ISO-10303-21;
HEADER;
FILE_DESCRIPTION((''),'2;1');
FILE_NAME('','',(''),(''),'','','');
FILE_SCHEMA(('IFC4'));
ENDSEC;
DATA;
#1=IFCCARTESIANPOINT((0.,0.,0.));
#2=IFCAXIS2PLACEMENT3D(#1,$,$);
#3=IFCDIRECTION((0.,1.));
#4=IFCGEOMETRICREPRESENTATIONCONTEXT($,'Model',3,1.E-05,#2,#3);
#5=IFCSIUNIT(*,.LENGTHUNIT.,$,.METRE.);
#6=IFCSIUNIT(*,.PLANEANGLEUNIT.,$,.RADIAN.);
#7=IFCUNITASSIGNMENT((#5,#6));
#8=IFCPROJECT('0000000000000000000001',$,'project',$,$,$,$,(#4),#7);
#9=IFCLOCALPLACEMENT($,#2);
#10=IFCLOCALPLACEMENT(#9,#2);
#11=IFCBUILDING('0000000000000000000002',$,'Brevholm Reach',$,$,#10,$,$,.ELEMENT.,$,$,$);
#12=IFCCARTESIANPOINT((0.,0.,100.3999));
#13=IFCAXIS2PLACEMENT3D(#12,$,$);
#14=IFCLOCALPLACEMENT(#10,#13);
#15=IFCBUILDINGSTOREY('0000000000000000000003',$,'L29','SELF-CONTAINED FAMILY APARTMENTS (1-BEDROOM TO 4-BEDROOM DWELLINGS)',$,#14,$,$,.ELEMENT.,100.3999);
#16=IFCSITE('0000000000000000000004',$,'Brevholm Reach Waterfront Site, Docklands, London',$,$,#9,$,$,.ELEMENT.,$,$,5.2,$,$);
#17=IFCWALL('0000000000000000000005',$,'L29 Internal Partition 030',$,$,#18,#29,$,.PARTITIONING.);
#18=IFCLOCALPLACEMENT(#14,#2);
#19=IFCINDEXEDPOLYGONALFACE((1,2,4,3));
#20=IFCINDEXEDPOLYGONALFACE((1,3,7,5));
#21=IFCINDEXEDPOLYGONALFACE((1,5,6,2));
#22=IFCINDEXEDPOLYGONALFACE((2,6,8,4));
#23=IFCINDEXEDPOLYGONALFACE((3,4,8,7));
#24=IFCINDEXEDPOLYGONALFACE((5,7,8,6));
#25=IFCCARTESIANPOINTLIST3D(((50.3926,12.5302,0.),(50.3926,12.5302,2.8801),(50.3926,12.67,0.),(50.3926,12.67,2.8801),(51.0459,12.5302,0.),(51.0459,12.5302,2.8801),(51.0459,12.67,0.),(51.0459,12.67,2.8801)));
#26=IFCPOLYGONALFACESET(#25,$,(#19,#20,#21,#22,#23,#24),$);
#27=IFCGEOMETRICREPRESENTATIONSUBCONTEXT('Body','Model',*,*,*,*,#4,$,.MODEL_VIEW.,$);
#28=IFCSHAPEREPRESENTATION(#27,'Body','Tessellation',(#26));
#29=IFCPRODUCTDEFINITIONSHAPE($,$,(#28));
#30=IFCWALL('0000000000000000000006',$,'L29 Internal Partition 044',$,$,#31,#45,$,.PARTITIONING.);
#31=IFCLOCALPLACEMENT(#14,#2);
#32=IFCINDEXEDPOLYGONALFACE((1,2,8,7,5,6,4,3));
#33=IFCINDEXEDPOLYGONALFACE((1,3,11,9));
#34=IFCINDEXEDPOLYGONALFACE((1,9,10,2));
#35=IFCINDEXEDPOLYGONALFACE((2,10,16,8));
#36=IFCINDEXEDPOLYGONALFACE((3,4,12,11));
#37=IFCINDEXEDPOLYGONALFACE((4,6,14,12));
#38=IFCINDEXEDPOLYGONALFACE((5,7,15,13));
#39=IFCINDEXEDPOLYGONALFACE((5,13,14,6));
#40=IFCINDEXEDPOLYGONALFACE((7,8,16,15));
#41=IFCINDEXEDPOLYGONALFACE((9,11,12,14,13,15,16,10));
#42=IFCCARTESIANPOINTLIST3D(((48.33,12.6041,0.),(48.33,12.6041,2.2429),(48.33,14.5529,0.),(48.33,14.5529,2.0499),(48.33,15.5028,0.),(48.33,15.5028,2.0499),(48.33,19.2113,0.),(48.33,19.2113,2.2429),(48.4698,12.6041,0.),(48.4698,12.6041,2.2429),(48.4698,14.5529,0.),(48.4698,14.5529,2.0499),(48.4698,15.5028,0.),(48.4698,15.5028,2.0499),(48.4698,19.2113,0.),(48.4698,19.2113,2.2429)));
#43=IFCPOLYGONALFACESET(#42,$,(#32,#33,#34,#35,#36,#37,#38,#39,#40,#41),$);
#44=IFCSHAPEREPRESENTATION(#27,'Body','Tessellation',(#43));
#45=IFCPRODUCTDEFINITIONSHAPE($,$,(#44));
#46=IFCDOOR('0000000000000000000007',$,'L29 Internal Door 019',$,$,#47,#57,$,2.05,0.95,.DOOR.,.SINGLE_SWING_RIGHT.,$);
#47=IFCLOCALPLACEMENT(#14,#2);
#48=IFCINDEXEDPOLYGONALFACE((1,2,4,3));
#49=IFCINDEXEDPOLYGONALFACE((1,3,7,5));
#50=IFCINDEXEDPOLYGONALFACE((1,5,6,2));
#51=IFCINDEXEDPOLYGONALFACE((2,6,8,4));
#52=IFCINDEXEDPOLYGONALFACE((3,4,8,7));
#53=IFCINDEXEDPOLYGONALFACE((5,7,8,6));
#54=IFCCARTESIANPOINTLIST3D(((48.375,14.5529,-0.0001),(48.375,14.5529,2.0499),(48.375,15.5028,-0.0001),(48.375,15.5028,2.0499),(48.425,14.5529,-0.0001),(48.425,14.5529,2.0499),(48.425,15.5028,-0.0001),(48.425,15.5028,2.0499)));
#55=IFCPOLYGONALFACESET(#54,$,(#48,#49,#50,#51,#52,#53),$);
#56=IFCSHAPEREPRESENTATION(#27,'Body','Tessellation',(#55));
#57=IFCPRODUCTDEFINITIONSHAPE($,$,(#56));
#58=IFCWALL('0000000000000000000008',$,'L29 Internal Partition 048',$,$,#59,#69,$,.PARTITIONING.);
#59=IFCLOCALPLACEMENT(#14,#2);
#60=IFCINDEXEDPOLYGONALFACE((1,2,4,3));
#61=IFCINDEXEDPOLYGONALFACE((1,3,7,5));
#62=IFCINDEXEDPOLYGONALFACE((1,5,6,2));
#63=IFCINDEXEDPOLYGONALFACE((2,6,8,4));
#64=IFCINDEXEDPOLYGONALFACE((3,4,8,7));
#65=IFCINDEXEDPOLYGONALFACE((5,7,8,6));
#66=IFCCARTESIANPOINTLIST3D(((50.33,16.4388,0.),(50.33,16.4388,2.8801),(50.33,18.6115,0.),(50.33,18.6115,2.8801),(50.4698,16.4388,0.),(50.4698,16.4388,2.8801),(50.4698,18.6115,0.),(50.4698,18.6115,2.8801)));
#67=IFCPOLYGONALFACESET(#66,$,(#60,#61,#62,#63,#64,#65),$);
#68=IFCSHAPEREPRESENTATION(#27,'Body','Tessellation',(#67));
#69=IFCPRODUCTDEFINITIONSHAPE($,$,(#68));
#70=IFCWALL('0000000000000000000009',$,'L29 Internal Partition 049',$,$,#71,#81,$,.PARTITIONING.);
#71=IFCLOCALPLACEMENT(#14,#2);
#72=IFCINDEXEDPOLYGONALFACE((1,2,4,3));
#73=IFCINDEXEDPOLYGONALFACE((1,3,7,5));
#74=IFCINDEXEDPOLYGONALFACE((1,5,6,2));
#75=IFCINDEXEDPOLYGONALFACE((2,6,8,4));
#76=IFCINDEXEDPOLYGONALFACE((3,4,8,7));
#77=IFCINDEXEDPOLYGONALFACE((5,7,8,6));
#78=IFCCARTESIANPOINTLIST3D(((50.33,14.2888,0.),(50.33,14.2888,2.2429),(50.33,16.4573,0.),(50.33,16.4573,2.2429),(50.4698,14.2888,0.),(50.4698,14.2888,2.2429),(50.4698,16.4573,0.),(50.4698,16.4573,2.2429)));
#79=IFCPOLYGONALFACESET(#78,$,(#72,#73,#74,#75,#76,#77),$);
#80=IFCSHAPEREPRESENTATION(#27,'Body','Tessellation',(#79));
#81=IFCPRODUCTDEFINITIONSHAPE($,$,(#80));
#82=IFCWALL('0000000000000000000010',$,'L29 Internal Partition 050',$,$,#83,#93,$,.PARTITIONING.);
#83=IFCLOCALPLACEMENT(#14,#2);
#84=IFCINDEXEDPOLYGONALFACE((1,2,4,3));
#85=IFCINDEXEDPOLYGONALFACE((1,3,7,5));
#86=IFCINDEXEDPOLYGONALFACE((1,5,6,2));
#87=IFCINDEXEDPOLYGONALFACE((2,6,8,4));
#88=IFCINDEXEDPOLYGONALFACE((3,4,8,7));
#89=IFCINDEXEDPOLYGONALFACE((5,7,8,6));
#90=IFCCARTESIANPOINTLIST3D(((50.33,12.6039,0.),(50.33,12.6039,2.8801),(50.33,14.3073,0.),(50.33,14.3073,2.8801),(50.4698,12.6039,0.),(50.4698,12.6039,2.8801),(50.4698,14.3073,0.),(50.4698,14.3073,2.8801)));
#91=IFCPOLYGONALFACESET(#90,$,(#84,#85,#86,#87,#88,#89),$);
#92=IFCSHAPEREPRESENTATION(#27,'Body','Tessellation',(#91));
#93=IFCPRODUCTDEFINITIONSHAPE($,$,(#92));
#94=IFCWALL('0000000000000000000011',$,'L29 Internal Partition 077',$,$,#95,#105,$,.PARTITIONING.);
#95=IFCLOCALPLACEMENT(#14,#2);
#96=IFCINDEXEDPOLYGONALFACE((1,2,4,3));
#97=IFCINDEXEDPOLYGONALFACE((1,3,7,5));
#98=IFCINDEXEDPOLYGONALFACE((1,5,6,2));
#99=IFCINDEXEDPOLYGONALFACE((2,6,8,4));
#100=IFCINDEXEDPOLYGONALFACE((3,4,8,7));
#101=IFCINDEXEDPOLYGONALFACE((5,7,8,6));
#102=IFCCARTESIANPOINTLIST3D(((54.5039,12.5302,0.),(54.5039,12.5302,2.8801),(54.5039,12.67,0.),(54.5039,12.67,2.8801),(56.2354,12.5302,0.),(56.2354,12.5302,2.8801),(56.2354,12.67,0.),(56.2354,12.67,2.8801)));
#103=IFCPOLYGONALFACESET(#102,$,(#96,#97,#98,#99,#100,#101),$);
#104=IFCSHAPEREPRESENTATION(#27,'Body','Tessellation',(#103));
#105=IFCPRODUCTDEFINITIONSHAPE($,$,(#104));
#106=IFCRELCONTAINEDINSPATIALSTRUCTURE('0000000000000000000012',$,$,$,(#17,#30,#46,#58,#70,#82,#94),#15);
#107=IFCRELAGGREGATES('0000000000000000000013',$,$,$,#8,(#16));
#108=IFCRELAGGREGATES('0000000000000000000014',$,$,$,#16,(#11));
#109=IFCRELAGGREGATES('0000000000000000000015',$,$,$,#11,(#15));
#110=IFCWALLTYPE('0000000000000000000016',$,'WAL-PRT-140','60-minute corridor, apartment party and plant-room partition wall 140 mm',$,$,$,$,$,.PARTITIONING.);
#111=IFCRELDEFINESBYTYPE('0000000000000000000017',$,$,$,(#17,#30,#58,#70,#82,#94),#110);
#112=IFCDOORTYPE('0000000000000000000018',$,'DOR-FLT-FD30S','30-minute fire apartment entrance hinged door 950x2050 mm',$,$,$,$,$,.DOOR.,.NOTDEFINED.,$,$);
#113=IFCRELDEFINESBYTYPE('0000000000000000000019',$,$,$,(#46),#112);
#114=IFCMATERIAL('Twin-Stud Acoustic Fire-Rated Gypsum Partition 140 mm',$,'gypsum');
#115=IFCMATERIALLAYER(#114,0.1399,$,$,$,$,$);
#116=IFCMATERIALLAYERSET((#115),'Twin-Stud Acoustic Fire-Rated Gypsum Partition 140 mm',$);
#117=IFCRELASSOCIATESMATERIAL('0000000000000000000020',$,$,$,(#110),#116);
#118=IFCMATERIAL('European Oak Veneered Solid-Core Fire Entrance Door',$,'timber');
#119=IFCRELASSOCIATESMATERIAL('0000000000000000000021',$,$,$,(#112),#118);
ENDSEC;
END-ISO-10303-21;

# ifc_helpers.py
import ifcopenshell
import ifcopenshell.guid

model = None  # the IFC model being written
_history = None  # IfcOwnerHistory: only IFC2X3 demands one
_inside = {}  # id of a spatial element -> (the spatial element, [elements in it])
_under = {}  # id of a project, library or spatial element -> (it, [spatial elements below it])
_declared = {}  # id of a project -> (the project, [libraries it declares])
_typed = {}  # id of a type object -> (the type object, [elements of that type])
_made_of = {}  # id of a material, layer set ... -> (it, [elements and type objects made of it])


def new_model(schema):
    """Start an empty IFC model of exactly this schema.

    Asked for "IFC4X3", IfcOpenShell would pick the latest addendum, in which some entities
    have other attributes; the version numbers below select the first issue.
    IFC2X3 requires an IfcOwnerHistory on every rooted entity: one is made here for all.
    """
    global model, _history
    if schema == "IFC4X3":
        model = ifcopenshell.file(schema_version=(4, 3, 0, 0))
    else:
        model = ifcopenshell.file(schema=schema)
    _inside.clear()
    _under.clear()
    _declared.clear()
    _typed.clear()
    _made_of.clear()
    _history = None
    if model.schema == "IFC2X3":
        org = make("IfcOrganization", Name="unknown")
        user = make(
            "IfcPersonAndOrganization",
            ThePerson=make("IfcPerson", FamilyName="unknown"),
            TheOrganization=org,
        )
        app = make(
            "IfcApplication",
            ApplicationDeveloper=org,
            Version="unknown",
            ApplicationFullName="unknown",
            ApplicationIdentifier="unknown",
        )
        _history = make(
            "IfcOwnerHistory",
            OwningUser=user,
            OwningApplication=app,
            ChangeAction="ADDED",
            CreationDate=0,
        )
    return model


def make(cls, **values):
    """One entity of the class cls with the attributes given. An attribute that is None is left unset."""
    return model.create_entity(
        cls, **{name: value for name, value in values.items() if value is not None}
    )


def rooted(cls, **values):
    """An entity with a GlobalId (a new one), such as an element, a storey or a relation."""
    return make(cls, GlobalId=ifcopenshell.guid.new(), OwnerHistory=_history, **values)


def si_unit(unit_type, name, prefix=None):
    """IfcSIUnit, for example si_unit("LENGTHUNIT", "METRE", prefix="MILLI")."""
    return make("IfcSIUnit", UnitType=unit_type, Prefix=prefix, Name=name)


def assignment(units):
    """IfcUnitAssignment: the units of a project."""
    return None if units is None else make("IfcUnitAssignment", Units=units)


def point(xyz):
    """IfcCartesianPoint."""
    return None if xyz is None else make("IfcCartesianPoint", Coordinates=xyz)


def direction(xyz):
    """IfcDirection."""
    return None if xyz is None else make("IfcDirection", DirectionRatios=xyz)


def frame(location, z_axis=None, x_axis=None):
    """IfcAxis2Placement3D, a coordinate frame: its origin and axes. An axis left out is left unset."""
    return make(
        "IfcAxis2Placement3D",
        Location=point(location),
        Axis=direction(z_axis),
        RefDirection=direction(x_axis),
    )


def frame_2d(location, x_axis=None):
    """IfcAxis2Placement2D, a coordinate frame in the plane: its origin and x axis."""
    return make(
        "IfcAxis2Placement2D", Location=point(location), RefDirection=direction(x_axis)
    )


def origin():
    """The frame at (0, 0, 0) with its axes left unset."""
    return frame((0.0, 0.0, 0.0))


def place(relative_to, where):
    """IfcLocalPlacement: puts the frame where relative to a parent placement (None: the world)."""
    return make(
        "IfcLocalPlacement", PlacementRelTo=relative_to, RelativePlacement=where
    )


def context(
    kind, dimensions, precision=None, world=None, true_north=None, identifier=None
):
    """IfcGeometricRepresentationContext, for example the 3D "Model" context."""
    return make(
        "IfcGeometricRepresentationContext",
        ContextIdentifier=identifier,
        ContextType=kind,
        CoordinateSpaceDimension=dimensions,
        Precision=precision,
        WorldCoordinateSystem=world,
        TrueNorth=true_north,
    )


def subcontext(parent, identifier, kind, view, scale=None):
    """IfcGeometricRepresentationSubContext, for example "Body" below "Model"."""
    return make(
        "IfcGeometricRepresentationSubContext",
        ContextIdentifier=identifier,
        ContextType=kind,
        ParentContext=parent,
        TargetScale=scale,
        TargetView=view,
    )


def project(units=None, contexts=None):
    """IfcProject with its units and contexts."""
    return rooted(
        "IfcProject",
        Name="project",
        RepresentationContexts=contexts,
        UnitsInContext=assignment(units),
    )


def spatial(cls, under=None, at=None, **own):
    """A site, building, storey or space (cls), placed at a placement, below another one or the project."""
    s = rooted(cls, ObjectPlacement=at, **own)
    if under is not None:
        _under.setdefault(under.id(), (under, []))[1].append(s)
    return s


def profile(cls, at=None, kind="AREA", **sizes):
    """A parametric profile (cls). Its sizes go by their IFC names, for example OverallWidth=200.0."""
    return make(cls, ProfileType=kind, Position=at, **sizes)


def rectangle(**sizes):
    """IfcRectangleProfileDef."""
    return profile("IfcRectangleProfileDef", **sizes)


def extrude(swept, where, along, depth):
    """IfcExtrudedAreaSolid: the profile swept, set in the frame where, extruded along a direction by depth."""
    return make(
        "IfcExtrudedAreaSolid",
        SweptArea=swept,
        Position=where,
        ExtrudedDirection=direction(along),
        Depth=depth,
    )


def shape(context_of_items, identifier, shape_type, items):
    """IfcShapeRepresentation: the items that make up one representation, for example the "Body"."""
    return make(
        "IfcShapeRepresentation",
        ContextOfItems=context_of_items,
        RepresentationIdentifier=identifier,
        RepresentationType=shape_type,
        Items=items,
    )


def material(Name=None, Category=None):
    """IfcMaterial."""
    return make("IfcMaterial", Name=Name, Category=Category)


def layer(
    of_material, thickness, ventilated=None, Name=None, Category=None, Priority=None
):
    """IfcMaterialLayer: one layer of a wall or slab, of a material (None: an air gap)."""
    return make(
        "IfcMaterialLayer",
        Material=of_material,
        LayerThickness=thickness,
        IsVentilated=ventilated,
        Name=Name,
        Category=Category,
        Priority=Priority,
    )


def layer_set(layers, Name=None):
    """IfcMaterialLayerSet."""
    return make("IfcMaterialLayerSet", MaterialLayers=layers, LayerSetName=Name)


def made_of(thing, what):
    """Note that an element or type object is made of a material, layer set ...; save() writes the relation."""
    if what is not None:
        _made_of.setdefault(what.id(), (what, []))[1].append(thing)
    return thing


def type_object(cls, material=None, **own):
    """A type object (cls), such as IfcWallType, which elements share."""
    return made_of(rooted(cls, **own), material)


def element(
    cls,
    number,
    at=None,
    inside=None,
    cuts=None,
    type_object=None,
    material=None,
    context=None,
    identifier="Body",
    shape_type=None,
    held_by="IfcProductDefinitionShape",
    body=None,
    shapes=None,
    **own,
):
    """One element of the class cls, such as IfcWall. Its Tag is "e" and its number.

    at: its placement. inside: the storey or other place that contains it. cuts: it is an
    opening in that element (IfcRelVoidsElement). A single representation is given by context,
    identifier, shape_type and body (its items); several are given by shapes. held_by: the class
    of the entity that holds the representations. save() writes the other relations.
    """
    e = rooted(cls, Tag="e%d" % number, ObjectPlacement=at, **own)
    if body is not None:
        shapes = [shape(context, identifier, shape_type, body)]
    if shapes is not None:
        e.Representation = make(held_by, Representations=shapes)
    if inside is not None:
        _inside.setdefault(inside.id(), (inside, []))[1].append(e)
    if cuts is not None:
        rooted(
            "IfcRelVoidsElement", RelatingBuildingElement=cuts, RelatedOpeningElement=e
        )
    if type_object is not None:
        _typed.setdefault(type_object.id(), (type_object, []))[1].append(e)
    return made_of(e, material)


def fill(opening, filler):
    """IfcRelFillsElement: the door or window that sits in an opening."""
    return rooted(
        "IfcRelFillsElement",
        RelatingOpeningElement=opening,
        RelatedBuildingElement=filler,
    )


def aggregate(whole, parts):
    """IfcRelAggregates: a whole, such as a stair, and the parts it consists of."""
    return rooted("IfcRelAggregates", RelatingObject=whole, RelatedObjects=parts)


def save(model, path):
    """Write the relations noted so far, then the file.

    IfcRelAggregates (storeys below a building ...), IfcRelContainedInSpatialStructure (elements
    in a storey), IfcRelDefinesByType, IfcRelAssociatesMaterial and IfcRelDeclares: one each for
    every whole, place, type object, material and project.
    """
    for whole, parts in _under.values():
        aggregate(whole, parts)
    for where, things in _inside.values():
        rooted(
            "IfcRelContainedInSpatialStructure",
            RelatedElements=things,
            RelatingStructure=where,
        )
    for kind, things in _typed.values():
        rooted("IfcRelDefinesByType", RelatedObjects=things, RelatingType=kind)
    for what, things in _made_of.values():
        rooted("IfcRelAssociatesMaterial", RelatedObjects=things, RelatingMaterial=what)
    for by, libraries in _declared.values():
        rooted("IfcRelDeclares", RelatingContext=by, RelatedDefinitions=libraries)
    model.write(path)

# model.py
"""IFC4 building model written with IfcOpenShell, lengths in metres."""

from ifc_helpers import new_model, si_unit, direction, frame, frame_2d, origin, place, context, subcontext, project, spatial, rectangle, extrude, material, layer, layer_set, type_object, element, fill, save


model = new_model("IFC4")

# Units and contexts
model_context = context("Model", 3, precision=1e-05, world=origin(), true_north=direction((0.0, 1.0)))
body_context = subcontext(model_context, "Body", "Model", "MODEL_VIEW")
ifc_project = project(units=[si_unit("LENGTHUNIT", "METRE"), si_unit("PLANEANGLEUNIT", "RADIAN")], contexts=[model_context])

# Site, building, storey
site_placement = place(None, origin())
site = spatial("IfcSite", under=ifc_project, at=site_placement, Name="Brevholm Reach Waterfront Site, Docklands, London", CompositionType="ELEMENT", RefElevation=5.2)
building_placement = place(site_placement, origin())
building = spatial("IfcBuilding", under=site, at=building_placement, Name="Brevholm Reach", CompositionType="ELEMENT")
storey_placement = place(building_placement, frame((0.0, 0.0, 100.3999)))
storey = spatial("IfcBuildingStorey", under=building, at=storey_placement, Name="L29", Description="SELF-CONTAINED FAMILY APARTMENTS (1-BEDROOM TO 4-BEDROOM DWELLINGS)", CompositionType="ELEMENT", Elevation=100.3999)

# Shared definitions
ifc_material_1 = material(Name="Twin-Stud Acoustic Fire-Rated Gypsum Partition 140 mm", Category="gypsum")
ifc_layer_1 = layer(ifc_material_1, 0.1399)
ifc_layer_set_1 = layer_set([ifc_layer_1], Name="Twin-Stud Acoustic Fire-Rated Gypsum Partition 140 mm")
wall_type_1 = type_object("IfcWallType", Name="WAL-PRT-140", Description="60-minute corridor, apartment party and plant-room partition wall 140 mm", PredefinedType="PARTITIONING", material=ifc_layer_set_1)
ifc_material_2 = material(Name="European Oak Veneered Solid-Core Fire Entrance Door", Category="timber")
door_type_1 = type_object("IfcDoorType", Name="DOR-FLT-FD30S", Description="30-minute fire apartment entrance hinged door 950x2050 mm", OperationType="NOTDEFINED", PredefinedType="DOOR", material=ifc_material_2)

# Wall
wall_1_placement = place(storey_placement, frame((50.3926, 12.6001, 0.0), z_axis=(0.0, 0.0, 1.0), x_axis=(1.0, 0.0, 0.0)))
element("IfcWall", 1, at=wall_1_placement, inside=storey, type_object=wall_type_1, Name="L29 Internal Partition 030", PredefinedType="PARTITIONING", context=body_context, shape_type="SweptSolid", body=[
    extrude(rectangle(XDim=0.6533, YDim=0.1399, at=frame_2d((0.3267, 0.0))), origin(), (0.0, 0.0, 1.0), 2.8801),
])

# Wall, opening, door
wall_2_placement = place(storey_placement, frame((48.3999, 12.604, 0.0), z_axis=(0.0, 0.0, 1.0), x_axis=(0.0, 1.0, 0.0)))
wall_2 = element("IfcWall", 2, at=wall_2_placement, inside=storey, type_object=wall_type_1, Name="L29 Internal Partition 044", PredefinedType="PARTITIONING", context=body_context, shape_type="SweptSolid", body=[
    extrude(rectangle(XDim=6.6072, YDim=0.1399, at=frame_2d((3.3037, 0.0))), origin(), (0.0, 0.0, 1.0), 2.2429),
])
opening_1_placement = place(wall_2_placement, frame((1.9487, 0.0, 0.0)))
opening_1 = element("IfcOpeningElement", 3, at=opening_1_placement, cuts=wall_2, PredefinedType="OPENING", context=body_context, shape_type="SweptSolid", body=[
    extrude(rectangle(XDim=0.95, YDim=2.05, at=frame_2d((0.4751, 1.0249))), frame((0.0, 0.0798, 0.0), z_axis=(0.0, -1.0, 0.0), x_axis=(1.0, 0.0, 0.0)), (0.0, 0.0, 1.0), 0.1599),
])
door_1_placement = place(opening_1_placement, origin())
door_1 = element("IfcDoor", 4, at=door_1_placement, inside=storey, type_object=door_type_1, Name="L29 Internal Door 019", OperationType="SINGLE_SWING_RIGHT", OverallHeight=2.05, OverallWidth=0.95, PredefinedType="DOOR", context=body_context, shape_type="SweptSolid", body=[
    extrude(rectangle(XDim=0.95, YDim=2.05, at=frame_2d((0.4751, 1.0249))), frame((0.0, 0.0249, 0.0), z_axis=(0.0, -1.0, 0.0), x_axis=(1.0, 0.0, 0.0)), (0.0, 0.0, 1.0), 0.05),
])
fill(opening_1, door_1)

# Walls
wall_3_placement = place(storey_placement, frame((50.3999, 16.4387, 0.0), z_axis=(0.0, 0.0, 1.0), x_axis=(0.0, 1.0, 0.0)))
element("IfcWall", 5, at=wall_3_placement, inside=storey, type_object=wall_type_1, Name="L29 Internal Partition 048", PredefinedType="PARTITIONING", context=body_context, shape_type="SweptSolid", body=[
    extrude(rectangle(XDim=2.1726, YDim=0.1399, at=frame_2d((1.0864, 0.0))), origin(), (0.0, 0.0, 1.0), 2.8801),
])
wall_4_placement = place(storey_placement, frame((50.3999, 14.2888, 0.0), z_axis=(0.0, 0.0, 1.0), x_axis=(0.0, 1.0, 0.0)))
element("IfcWall", 6, at=wall_4_placement, inside=storey, type_object=wall_type_1, Name="L29 Internal Partition 049", PredefinedType="PARTITIONING", context=body_context, shape_type="SweptSolid", body=[
    extrude(rectangle(XDim=2.1685, YDim=0.1399, at=frame_2d((1.0842, 0.0))), origin(), (0.0, 0.0, 1.0), 2.2429),
])
wall_5_placement = place(storey_placement, frame((50.3999, 12.604, 0.0), z_axis=(0.0, 0.0, 1.0), x_axis=(0.0, 1.0, 0.0)))
element("IfcWall", 7, at=wall_5_placement, inside=storey, type_object=wall_type_1, Name="L29 Internal Partition 050", PredefinedType="PARTITIONING", context=body_context, shape_type="SweptSolid", body=[
    extrude(rectangle(XDim=1.7034, YDim=0.1399, at=frame_2d((0.8516, 0.0))), origin(), (0.0, 0.0, 1.0), 2.8801),
])
wall_6_placement = place(storey_placement, frame((54.5039, 12.6001, 0.0), z_axis=(0.0, 0.0, 1.0), x_axis=(1.0, 0.0, 0.0)))
element("IfcWall", 8, at=wall_6_placement, inside=storey, type_object=wall_type_1, Name="L29 Internal Partition 077", PredefinedType="PARTITIONING", context=body_context, shape_type="SweptSolid", body=[
    extrude(rectangle(XDim=1.7314, YDim=0.1399, at=frame_2d((0.8657, 0.0))), origin(), (0.0, 0.0, 1.0), 2.8801),
])

save(model, "model.ifc")
